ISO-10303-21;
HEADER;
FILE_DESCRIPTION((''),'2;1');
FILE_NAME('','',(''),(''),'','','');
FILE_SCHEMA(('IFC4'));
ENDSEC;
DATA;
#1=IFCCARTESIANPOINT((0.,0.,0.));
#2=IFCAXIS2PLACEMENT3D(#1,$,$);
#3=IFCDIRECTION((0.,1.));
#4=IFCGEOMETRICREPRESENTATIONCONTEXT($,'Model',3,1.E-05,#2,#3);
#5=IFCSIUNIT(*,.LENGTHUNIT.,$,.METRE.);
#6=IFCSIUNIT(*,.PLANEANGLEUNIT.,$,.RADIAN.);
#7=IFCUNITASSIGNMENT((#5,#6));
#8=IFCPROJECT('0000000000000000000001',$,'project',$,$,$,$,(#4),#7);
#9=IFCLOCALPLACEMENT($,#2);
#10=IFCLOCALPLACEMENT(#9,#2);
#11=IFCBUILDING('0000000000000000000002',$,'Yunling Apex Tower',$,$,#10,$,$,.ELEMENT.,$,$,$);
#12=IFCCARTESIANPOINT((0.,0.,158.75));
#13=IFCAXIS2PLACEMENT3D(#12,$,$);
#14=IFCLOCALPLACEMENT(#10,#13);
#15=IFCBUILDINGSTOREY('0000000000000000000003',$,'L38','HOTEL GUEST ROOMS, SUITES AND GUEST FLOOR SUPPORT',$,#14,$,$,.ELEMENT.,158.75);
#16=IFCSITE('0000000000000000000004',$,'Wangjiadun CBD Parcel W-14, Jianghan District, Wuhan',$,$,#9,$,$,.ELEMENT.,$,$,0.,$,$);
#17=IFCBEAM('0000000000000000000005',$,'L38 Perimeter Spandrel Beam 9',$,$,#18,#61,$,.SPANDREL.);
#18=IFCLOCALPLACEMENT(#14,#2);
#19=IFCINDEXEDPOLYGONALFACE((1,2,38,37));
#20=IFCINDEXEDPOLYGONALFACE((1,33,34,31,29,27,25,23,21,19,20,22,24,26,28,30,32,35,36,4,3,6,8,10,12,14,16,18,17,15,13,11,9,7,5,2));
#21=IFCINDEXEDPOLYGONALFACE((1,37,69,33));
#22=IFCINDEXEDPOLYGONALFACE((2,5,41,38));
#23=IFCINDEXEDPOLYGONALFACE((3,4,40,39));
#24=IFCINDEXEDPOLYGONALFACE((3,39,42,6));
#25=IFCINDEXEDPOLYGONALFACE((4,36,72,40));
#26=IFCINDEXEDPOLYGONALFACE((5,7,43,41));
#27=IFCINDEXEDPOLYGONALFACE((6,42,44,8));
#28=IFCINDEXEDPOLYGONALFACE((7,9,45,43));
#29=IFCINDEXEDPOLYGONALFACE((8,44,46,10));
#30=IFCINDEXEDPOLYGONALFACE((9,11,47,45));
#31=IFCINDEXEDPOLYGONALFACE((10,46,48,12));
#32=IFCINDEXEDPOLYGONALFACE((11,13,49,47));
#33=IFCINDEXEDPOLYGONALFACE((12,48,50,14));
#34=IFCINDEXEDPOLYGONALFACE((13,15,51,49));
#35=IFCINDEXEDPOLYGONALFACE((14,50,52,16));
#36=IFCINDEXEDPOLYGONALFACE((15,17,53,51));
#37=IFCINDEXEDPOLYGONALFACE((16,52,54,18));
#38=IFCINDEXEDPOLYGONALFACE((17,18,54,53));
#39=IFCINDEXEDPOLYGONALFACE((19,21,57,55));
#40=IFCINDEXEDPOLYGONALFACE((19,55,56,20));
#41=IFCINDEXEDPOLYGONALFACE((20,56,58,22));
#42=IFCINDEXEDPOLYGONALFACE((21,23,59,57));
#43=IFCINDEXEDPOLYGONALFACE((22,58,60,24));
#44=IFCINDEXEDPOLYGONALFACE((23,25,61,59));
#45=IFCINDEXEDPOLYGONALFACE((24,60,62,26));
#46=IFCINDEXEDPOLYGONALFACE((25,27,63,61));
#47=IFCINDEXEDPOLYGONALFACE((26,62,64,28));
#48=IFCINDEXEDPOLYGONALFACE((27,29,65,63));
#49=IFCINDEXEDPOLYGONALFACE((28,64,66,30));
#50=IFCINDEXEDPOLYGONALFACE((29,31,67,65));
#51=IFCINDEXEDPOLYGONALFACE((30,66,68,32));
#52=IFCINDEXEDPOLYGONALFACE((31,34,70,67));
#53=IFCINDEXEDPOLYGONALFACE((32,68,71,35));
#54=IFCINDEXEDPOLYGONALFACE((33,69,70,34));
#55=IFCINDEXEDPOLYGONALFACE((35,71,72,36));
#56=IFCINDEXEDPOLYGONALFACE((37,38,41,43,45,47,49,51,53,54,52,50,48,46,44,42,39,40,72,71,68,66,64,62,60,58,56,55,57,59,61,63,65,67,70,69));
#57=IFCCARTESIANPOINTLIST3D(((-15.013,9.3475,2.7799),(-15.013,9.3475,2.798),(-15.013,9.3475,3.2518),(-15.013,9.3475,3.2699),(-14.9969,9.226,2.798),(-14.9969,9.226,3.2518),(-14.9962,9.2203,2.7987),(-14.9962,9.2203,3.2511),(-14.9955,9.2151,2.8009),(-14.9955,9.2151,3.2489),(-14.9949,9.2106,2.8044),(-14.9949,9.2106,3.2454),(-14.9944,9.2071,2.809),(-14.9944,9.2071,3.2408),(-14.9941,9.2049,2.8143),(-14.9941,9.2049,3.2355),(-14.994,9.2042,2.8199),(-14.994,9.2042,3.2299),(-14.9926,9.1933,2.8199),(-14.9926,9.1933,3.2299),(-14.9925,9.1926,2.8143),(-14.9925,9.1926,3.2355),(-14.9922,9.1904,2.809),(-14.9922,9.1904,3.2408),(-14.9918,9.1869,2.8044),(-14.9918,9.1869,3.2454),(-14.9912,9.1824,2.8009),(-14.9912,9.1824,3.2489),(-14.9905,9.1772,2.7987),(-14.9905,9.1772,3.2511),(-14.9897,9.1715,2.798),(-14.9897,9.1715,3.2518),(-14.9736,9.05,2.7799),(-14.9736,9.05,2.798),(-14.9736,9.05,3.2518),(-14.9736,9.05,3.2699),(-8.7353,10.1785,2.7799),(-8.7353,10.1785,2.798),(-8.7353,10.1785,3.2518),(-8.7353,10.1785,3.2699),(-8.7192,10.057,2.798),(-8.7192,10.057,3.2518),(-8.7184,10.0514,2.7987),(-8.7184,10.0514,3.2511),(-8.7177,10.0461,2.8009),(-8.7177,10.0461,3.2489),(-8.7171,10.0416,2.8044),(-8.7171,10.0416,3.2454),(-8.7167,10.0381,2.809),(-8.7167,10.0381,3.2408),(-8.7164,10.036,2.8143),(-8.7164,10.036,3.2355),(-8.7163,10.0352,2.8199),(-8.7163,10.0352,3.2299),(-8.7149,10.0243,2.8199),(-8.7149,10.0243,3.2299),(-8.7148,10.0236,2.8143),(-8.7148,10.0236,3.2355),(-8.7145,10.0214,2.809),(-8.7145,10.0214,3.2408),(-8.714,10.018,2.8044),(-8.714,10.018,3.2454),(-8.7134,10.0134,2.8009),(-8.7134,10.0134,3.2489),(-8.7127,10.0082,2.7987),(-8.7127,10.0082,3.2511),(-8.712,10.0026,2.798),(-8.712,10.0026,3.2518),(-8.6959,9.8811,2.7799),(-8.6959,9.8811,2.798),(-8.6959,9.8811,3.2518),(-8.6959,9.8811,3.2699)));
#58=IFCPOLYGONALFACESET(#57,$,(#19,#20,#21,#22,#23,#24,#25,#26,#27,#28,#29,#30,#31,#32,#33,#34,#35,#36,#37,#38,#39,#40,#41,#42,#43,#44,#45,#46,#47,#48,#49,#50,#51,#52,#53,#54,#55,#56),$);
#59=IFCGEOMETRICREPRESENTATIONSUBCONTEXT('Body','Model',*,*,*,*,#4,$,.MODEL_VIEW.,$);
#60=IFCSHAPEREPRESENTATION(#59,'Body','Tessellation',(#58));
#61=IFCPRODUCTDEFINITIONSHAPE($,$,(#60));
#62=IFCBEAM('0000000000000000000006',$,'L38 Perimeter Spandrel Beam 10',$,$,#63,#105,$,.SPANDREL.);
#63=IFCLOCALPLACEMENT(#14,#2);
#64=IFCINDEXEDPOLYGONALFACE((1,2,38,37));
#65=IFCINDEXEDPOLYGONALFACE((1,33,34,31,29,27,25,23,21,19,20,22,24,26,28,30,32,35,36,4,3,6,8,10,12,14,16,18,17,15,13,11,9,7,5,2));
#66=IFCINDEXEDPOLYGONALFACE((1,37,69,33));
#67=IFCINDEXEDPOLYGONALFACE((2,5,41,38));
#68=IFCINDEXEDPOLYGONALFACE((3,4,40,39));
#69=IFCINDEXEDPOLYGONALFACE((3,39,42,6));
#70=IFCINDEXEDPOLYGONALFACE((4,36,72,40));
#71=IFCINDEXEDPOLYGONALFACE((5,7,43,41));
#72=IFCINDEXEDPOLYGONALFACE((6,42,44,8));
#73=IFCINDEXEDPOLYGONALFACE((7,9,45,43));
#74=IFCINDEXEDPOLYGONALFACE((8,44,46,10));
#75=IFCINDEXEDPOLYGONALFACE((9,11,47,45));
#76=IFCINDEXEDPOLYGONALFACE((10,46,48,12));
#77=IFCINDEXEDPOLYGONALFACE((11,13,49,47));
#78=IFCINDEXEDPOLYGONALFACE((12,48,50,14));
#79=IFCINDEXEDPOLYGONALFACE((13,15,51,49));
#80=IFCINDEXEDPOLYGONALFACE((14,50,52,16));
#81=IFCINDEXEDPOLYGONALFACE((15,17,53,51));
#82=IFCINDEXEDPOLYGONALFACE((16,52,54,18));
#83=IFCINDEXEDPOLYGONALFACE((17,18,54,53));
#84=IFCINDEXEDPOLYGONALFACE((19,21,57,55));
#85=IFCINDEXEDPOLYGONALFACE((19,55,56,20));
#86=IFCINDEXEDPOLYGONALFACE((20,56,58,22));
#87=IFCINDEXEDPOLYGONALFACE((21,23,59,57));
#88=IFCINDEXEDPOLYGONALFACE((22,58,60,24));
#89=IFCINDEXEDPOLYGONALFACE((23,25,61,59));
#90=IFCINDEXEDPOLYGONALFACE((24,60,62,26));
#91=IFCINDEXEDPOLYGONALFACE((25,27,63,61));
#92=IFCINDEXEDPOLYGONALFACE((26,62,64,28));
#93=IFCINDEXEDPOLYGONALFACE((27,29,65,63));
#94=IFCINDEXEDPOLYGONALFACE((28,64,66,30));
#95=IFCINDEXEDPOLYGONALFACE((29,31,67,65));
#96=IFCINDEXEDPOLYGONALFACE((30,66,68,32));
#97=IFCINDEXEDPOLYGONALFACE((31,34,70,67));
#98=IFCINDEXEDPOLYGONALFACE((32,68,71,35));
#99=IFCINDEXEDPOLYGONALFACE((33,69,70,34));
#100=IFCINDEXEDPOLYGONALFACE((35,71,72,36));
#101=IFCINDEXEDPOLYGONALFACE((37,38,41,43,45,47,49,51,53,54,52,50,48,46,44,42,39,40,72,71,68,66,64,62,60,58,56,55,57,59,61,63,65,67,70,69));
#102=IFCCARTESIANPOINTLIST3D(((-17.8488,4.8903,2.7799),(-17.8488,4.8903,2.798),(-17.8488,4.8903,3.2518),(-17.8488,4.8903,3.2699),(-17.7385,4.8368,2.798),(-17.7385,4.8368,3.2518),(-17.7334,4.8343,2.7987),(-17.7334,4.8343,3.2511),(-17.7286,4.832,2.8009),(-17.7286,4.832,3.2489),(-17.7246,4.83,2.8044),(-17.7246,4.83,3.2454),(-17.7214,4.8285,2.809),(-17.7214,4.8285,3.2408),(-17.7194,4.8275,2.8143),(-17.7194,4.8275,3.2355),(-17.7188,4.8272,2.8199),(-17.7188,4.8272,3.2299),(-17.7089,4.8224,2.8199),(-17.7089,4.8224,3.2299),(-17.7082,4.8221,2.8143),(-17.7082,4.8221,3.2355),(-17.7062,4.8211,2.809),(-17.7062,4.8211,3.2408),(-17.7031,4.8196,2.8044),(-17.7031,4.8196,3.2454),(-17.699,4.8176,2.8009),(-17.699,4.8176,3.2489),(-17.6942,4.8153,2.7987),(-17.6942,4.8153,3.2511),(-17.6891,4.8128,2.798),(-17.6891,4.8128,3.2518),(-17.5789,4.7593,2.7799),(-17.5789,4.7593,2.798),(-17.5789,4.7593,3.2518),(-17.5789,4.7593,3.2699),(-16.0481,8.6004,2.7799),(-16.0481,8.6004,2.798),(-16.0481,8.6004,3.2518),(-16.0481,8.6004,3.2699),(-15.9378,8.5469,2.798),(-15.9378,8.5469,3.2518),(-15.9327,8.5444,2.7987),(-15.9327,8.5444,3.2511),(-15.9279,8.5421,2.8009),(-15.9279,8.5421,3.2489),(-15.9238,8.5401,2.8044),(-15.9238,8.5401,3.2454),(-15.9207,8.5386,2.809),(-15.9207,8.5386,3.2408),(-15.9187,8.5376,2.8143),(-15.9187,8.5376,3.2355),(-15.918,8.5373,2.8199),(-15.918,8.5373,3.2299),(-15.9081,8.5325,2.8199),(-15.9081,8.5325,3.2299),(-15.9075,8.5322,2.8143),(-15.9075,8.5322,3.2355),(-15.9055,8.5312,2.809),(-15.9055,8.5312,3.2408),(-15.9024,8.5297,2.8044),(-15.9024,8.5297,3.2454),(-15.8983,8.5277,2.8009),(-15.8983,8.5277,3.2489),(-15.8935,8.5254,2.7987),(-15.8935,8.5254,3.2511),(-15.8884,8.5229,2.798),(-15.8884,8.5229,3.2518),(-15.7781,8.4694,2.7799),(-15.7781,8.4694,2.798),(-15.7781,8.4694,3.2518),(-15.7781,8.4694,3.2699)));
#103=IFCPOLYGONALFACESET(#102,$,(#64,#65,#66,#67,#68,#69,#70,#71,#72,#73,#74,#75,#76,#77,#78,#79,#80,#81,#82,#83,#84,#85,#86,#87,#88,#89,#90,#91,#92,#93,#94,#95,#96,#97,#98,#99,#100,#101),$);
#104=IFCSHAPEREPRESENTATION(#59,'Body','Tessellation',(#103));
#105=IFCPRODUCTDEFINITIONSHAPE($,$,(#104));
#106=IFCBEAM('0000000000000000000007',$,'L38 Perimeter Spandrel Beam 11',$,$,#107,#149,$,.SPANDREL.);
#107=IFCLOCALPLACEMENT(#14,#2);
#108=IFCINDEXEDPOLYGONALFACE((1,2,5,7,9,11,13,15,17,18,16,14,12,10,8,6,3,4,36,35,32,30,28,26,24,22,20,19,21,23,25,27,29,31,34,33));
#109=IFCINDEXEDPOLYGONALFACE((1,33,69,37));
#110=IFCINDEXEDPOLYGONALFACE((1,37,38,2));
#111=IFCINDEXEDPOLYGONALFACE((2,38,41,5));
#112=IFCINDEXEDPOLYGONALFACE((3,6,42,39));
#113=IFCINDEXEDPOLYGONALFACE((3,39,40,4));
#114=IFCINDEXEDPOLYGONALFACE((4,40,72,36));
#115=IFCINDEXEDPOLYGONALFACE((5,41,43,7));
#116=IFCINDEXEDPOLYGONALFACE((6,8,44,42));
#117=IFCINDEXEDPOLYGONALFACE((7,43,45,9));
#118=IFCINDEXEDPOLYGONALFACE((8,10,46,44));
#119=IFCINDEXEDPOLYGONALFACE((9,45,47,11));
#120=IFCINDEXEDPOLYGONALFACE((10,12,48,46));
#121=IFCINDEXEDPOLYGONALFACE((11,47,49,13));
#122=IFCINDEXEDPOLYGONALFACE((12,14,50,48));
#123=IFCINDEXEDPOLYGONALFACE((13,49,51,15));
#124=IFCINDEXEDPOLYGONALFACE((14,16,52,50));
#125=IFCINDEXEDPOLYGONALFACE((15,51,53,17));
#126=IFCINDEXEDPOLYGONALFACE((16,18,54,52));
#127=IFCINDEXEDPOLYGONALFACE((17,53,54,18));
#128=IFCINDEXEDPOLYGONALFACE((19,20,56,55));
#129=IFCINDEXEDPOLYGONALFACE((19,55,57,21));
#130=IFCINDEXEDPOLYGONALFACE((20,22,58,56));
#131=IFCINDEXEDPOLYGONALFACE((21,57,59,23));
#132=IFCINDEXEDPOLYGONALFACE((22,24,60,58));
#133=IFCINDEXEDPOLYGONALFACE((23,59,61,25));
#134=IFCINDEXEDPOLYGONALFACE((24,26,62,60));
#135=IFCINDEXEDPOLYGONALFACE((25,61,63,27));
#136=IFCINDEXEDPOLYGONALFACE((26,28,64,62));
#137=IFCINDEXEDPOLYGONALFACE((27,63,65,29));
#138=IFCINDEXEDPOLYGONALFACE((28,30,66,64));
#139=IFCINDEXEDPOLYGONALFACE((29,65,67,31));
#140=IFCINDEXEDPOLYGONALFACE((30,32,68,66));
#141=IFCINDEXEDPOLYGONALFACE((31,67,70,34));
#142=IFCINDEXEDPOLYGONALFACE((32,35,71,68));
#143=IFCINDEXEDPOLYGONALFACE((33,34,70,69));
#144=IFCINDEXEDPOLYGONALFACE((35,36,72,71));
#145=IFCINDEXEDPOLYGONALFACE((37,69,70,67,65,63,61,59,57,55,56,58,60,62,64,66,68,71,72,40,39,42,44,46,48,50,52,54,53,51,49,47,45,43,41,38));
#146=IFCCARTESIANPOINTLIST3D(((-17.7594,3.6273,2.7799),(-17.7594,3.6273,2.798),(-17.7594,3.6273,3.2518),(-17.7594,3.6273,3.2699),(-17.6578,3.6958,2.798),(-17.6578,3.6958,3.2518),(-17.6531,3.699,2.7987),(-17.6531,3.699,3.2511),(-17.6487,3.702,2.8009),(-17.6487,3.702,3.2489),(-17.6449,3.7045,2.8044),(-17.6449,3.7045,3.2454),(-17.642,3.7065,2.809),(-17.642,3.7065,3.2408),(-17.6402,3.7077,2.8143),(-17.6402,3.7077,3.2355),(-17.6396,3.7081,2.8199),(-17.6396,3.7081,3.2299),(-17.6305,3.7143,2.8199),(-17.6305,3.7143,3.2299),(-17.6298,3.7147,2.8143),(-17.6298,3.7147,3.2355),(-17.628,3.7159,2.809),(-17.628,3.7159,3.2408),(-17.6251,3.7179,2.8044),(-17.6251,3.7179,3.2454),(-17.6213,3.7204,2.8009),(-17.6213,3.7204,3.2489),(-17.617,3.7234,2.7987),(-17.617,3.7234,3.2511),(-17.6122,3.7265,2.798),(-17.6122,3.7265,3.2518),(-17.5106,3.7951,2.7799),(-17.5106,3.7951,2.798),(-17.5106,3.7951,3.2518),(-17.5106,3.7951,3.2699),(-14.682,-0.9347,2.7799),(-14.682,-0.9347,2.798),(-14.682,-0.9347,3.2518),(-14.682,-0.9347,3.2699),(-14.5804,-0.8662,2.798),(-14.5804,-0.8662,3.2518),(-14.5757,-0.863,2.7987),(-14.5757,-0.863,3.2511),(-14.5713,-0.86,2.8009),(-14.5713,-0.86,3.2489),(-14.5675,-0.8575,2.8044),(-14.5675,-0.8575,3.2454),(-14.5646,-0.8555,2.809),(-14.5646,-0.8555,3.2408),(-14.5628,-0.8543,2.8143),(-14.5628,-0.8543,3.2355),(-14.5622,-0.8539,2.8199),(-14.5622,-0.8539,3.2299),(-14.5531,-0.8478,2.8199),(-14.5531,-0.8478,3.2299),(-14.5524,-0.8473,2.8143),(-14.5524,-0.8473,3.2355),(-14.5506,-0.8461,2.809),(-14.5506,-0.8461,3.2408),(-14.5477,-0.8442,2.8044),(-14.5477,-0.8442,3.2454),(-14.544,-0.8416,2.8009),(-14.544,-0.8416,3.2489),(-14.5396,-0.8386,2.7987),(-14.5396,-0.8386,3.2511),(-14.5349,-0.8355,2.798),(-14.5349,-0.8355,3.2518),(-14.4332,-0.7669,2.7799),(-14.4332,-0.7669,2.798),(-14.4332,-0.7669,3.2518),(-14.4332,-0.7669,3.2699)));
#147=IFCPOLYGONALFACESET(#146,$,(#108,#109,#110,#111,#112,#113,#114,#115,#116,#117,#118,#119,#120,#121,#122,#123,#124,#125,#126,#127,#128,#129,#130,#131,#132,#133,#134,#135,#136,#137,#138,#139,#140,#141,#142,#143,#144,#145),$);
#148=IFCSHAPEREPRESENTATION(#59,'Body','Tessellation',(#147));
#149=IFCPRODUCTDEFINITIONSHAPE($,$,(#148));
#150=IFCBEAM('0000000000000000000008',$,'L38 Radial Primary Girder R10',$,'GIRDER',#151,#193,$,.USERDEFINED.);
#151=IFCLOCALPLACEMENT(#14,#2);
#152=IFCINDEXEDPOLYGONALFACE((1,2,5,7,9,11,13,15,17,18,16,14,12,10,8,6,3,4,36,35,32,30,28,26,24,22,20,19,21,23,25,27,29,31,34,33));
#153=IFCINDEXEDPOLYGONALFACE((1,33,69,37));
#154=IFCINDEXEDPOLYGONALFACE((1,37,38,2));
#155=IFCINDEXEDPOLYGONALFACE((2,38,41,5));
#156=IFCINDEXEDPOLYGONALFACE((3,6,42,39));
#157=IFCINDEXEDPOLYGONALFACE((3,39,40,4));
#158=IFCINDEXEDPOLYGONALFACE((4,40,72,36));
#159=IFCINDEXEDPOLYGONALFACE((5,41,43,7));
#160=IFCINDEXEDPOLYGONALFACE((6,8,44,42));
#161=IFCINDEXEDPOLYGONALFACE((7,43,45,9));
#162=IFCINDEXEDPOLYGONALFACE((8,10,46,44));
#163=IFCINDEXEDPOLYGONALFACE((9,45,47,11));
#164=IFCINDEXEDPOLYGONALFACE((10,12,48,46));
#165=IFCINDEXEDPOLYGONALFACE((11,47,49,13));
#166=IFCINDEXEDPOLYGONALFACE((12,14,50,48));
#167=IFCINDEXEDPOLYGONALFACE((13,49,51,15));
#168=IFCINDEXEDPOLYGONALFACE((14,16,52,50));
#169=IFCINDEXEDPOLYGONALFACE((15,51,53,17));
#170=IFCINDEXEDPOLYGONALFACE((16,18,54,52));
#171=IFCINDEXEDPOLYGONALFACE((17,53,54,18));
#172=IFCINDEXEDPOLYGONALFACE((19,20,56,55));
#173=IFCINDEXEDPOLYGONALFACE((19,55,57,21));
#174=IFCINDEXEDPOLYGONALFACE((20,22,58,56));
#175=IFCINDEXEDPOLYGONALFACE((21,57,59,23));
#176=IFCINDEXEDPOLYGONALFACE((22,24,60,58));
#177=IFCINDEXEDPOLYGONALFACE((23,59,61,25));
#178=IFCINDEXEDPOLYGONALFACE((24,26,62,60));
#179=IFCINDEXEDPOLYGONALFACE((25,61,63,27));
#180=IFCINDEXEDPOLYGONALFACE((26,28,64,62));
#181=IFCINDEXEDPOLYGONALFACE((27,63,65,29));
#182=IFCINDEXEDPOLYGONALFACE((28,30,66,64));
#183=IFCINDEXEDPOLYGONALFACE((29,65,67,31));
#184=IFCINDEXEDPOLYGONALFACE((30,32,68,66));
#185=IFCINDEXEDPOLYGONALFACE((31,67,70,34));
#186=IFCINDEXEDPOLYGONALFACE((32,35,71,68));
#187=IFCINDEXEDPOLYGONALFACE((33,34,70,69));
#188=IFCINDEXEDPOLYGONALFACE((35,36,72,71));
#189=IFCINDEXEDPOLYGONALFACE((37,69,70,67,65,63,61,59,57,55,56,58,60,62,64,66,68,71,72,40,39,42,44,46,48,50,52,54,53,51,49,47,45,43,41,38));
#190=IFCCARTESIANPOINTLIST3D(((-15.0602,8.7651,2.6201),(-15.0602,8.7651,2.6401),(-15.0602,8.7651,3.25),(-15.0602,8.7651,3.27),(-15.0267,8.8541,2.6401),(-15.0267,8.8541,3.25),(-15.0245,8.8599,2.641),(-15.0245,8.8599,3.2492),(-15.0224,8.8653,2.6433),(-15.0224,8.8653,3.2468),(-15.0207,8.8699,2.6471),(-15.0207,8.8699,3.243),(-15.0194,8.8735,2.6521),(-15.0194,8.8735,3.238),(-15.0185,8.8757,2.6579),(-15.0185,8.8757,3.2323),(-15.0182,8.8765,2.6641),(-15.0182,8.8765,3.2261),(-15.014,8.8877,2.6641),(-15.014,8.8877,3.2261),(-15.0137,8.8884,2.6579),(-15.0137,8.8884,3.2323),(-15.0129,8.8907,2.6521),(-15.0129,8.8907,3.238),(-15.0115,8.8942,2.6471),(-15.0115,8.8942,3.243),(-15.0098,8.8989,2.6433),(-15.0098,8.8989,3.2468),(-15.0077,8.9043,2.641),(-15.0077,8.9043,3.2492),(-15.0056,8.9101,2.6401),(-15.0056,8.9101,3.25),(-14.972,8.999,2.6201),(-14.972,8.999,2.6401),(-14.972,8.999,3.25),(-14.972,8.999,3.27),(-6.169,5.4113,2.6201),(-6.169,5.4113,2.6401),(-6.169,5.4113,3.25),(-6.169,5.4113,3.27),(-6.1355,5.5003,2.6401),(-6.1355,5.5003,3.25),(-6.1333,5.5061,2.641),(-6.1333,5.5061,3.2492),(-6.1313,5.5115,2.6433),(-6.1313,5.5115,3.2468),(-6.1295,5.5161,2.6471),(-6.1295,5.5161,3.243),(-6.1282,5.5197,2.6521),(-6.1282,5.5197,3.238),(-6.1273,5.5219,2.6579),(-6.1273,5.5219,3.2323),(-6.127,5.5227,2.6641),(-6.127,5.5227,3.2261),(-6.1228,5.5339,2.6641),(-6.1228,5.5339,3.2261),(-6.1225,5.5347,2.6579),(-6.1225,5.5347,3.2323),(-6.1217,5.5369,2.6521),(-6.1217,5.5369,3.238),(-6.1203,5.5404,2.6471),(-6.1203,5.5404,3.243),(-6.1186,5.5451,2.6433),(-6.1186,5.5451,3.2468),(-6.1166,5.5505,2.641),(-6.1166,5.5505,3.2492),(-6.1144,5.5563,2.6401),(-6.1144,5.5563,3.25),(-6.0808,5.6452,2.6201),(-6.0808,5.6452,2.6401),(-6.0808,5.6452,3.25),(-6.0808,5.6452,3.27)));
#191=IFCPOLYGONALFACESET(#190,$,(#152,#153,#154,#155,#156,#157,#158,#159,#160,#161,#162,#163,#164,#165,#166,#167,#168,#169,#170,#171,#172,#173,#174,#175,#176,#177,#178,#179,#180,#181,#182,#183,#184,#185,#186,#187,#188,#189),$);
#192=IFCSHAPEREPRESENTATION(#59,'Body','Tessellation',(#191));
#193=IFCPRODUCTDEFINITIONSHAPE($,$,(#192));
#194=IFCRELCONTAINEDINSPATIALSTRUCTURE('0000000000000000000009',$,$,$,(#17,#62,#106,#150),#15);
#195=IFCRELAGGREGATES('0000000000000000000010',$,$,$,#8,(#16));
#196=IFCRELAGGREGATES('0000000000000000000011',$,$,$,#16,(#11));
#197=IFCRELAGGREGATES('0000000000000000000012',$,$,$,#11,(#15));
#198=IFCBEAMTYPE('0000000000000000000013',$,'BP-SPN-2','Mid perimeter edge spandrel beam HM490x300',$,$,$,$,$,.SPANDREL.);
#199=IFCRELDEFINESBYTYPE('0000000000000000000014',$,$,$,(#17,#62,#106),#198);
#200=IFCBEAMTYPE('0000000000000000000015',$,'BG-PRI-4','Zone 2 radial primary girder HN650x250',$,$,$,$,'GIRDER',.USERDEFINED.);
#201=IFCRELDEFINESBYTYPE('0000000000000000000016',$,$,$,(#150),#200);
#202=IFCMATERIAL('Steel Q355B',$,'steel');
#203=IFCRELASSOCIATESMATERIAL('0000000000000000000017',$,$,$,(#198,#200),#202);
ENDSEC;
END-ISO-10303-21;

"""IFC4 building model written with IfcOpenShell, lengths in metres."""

from ifc_helpers import new_model, si_unit, direction, frame, origin, origin_2d, place, context, subcontext, project, spatial, i_section, extrude, source, transform, mapped, material, material_profile, profile_set, type_object, element, save


model = new_model("IFC4")

# Units and contexts
model_context = context("Model", 3, precision=1e-05, world=origin(), true_north=direction((0.0, 1.0)))
body_context = subcontext(model_context, "Body", "Model", "MODEL_VIEW")
ifc_project = project(units=[si_unit("LENGTHUNIT", "METRE"), si_unit("PLANEANGLEUNIT", "RADIAN")], contexts=[model_context])

# Site, building, storey
site_placement = place(None, origin())
site = spatial("IfcSite", under=ifc_project, at=site_placement, Name="Wangjiadun CBD Parcel W-14, Jianghan District, Wuhan", CompositionType="ELEMENT", RefElevation=0.0)
building_placement = place(site_placement, origin())
building = spatial("IfcBuilding", under=site, at=building_placement, Name="Yunling Apex Tower", CompositionType="ELEMENT")
storey_placement = place(building_placement, frame((0.0, 0.0, 158.75)))
storey = spatial("IfcBuildingStorey", under=building, at=storey_placement, Name="L38", Description="HOTEL GUEST ROOMS, SUITES AND GUEST FLOOR SUPPORT", CompositionType="ELEMENT", Elevation=158.75)

# Beams
ifc_material_1 = material(Name="Steel Q355B", Category="steel")
ifc_material_profile_1 = material_profile(ifc_material_1, i_section(OverallWidth=0.3, OverallDepth=0.49, WebThickness=0.011, FlangeThickness=0.0181, FilletRadius=0.022, at=origin_2d()))
ifc_profile_set_1 = profile_set([ifc_material_profile_1], Name="Steel Q355B")
beam_type_1 = type_object("IfcBeamType", Name="BP-SPN-2", Description="Mid perimeter edge spandrel beam HM490x300", PredefinedType="SPANDREL", material=ifc_profile_set_1)
shared_shape_1 = source(origin(), body_context, "Body", "SweptSolid", [
    extrude(i_section(OverallWidth=0.3, OverallDepth=0.49, WebThickness=0.011, FlangeThickness=0.0181, FilletRadius=0.022, at=origin_2d()), origin(), (0.0, 0.0, 1.0), 6.3325),
])
beam_1_placement = place(storey_placement, frame((-8.7156, 10.0298, 3.0249), z_axis=(-0.991351, -0.131234, 0.0), x_axis=(0.131234, -0.991351, 0.0)))
element("IfcBeam", 1, at=beam_1_placement, inside=storey, type_object=beam_type_1, Name="L38 Perimeter Spandrel Beam 9", PredefinedType="SPANDREL", context=body_context, shape_type="MappedRepresentation", body=[
    mapped(shared_shape_1, transform((0.0, 0.0, 0.0), scale=1.0)),
])
shared_shape_2 = source(origin(), body_context, "Body", "SweptSolid", [
    extrude(i_section(OverallWidth=0.3, OverallDepth=0.49, WebThickness=0.011, FlangeThickness=0.0181, FilletRadius=0.022, at=origin_2d()), origin(), (0.0, 0.0, 1.0), 4.124),
])
beam_2_placement = place(storey_placement, frame((-15.9131, 8.5349, 3.0249), z_axis=(-0.436645, -0.899634, 0.0), x_axis=(0.899634, -0.436645, 0.0)))
element("IfcBeam", 2, at=beam_2_placement, inside=storey, type_object=beam_type_1, Name="L38 Perimeter Spandrel Beam 10", PredefinedType="SPANDREL", context=body_context, shape_type="MappedRepresentation", body=[
    mapped(shared_shape_2, transform((0.0, 0.0, 0.0), scale=1.0)),
])
shared_shape_3 = source(origin(), body_context, "Body", "SweptSolid", [
    extrude(i_section(OverallWidth=0.3, OverallDepth=0.49, WebThickness=0.011, FlangeThickness=0.0181, FilletRadius=0.022, at=origin_2d()), origin(), (0.0, 0.0, 1.0), 5.5029),
])
beam_3_placement = place(storey_placement, frame((-17.635, 3.7112, 3.0249), z_axis=(0.559227, -0.829014, 0.0), x_axis=(0.829014, 0.559227, 0.0)))
element("IfcBeam", 3, at=beam_3_placement, inside=storey, type_object=beam_type_1, Name="L38 Perimeter Spandrel Beam 11", PredefinedType="SPANDREL", context=body_context, shape_type="MappedRepresentation", body=[
    mapped(shared_shape_3, transform((0.0, 0.0, 0.0), scale=1.0)),
])
ifc_material_profile_2 = material_profile(ifc_material_1, i_section(OverallWidth=0.25, OverallDepth=0.6499, WebThickness=0.012, FlangeThickness=0.02, FilletRadius=0.0239, at=origin_2d()))
ifc_profile_set_2 = profile_set([ifc_material_profile_2], Name="Steel Q355B")
beam_type_2 = type_object("IfcBeamType", Name="BG-PRI-4", Description="Zone 2 radial primary girder HN650x250", ElementType="GIRDER", PredefinedType="USERDEFINED", material=ifc_profile_set_2)
shared_shape_4 = source(origin(), body_context, "Body", "SweptSolid", [
    extrude(i_section(OverallWidth=0.25, OverallDepth=0.6499, WebThickness=0.012, FlangeThickness=0.02, FilletRadius=0.0239, at=origin_2d()), origin(), (0.0, 0.0, 1.0), 9.5027),
])
beam_4_placement = place(storey_placement, frame((-15.0161, 8.8821, 2.9451), z_axis=(0.93565, -0.35293, 0.0), x_axis=(0.35293, 0.93565, 0.0)))
element("IfcBeam", 4, at=beam_4_placement, inside=storey, type_object=beam_type_2, Name="L38 Radial Primary Girder R10", ObjectType="GIRDER", PredefinedType="USERDEFINED", context=body_context, shape_type="MappedRepresentation", body=[
    mapped(shared_shape_4, transform((0.0, 0.0, 0.0), scale=1.0)),
])

save(model, "model.ifc")
